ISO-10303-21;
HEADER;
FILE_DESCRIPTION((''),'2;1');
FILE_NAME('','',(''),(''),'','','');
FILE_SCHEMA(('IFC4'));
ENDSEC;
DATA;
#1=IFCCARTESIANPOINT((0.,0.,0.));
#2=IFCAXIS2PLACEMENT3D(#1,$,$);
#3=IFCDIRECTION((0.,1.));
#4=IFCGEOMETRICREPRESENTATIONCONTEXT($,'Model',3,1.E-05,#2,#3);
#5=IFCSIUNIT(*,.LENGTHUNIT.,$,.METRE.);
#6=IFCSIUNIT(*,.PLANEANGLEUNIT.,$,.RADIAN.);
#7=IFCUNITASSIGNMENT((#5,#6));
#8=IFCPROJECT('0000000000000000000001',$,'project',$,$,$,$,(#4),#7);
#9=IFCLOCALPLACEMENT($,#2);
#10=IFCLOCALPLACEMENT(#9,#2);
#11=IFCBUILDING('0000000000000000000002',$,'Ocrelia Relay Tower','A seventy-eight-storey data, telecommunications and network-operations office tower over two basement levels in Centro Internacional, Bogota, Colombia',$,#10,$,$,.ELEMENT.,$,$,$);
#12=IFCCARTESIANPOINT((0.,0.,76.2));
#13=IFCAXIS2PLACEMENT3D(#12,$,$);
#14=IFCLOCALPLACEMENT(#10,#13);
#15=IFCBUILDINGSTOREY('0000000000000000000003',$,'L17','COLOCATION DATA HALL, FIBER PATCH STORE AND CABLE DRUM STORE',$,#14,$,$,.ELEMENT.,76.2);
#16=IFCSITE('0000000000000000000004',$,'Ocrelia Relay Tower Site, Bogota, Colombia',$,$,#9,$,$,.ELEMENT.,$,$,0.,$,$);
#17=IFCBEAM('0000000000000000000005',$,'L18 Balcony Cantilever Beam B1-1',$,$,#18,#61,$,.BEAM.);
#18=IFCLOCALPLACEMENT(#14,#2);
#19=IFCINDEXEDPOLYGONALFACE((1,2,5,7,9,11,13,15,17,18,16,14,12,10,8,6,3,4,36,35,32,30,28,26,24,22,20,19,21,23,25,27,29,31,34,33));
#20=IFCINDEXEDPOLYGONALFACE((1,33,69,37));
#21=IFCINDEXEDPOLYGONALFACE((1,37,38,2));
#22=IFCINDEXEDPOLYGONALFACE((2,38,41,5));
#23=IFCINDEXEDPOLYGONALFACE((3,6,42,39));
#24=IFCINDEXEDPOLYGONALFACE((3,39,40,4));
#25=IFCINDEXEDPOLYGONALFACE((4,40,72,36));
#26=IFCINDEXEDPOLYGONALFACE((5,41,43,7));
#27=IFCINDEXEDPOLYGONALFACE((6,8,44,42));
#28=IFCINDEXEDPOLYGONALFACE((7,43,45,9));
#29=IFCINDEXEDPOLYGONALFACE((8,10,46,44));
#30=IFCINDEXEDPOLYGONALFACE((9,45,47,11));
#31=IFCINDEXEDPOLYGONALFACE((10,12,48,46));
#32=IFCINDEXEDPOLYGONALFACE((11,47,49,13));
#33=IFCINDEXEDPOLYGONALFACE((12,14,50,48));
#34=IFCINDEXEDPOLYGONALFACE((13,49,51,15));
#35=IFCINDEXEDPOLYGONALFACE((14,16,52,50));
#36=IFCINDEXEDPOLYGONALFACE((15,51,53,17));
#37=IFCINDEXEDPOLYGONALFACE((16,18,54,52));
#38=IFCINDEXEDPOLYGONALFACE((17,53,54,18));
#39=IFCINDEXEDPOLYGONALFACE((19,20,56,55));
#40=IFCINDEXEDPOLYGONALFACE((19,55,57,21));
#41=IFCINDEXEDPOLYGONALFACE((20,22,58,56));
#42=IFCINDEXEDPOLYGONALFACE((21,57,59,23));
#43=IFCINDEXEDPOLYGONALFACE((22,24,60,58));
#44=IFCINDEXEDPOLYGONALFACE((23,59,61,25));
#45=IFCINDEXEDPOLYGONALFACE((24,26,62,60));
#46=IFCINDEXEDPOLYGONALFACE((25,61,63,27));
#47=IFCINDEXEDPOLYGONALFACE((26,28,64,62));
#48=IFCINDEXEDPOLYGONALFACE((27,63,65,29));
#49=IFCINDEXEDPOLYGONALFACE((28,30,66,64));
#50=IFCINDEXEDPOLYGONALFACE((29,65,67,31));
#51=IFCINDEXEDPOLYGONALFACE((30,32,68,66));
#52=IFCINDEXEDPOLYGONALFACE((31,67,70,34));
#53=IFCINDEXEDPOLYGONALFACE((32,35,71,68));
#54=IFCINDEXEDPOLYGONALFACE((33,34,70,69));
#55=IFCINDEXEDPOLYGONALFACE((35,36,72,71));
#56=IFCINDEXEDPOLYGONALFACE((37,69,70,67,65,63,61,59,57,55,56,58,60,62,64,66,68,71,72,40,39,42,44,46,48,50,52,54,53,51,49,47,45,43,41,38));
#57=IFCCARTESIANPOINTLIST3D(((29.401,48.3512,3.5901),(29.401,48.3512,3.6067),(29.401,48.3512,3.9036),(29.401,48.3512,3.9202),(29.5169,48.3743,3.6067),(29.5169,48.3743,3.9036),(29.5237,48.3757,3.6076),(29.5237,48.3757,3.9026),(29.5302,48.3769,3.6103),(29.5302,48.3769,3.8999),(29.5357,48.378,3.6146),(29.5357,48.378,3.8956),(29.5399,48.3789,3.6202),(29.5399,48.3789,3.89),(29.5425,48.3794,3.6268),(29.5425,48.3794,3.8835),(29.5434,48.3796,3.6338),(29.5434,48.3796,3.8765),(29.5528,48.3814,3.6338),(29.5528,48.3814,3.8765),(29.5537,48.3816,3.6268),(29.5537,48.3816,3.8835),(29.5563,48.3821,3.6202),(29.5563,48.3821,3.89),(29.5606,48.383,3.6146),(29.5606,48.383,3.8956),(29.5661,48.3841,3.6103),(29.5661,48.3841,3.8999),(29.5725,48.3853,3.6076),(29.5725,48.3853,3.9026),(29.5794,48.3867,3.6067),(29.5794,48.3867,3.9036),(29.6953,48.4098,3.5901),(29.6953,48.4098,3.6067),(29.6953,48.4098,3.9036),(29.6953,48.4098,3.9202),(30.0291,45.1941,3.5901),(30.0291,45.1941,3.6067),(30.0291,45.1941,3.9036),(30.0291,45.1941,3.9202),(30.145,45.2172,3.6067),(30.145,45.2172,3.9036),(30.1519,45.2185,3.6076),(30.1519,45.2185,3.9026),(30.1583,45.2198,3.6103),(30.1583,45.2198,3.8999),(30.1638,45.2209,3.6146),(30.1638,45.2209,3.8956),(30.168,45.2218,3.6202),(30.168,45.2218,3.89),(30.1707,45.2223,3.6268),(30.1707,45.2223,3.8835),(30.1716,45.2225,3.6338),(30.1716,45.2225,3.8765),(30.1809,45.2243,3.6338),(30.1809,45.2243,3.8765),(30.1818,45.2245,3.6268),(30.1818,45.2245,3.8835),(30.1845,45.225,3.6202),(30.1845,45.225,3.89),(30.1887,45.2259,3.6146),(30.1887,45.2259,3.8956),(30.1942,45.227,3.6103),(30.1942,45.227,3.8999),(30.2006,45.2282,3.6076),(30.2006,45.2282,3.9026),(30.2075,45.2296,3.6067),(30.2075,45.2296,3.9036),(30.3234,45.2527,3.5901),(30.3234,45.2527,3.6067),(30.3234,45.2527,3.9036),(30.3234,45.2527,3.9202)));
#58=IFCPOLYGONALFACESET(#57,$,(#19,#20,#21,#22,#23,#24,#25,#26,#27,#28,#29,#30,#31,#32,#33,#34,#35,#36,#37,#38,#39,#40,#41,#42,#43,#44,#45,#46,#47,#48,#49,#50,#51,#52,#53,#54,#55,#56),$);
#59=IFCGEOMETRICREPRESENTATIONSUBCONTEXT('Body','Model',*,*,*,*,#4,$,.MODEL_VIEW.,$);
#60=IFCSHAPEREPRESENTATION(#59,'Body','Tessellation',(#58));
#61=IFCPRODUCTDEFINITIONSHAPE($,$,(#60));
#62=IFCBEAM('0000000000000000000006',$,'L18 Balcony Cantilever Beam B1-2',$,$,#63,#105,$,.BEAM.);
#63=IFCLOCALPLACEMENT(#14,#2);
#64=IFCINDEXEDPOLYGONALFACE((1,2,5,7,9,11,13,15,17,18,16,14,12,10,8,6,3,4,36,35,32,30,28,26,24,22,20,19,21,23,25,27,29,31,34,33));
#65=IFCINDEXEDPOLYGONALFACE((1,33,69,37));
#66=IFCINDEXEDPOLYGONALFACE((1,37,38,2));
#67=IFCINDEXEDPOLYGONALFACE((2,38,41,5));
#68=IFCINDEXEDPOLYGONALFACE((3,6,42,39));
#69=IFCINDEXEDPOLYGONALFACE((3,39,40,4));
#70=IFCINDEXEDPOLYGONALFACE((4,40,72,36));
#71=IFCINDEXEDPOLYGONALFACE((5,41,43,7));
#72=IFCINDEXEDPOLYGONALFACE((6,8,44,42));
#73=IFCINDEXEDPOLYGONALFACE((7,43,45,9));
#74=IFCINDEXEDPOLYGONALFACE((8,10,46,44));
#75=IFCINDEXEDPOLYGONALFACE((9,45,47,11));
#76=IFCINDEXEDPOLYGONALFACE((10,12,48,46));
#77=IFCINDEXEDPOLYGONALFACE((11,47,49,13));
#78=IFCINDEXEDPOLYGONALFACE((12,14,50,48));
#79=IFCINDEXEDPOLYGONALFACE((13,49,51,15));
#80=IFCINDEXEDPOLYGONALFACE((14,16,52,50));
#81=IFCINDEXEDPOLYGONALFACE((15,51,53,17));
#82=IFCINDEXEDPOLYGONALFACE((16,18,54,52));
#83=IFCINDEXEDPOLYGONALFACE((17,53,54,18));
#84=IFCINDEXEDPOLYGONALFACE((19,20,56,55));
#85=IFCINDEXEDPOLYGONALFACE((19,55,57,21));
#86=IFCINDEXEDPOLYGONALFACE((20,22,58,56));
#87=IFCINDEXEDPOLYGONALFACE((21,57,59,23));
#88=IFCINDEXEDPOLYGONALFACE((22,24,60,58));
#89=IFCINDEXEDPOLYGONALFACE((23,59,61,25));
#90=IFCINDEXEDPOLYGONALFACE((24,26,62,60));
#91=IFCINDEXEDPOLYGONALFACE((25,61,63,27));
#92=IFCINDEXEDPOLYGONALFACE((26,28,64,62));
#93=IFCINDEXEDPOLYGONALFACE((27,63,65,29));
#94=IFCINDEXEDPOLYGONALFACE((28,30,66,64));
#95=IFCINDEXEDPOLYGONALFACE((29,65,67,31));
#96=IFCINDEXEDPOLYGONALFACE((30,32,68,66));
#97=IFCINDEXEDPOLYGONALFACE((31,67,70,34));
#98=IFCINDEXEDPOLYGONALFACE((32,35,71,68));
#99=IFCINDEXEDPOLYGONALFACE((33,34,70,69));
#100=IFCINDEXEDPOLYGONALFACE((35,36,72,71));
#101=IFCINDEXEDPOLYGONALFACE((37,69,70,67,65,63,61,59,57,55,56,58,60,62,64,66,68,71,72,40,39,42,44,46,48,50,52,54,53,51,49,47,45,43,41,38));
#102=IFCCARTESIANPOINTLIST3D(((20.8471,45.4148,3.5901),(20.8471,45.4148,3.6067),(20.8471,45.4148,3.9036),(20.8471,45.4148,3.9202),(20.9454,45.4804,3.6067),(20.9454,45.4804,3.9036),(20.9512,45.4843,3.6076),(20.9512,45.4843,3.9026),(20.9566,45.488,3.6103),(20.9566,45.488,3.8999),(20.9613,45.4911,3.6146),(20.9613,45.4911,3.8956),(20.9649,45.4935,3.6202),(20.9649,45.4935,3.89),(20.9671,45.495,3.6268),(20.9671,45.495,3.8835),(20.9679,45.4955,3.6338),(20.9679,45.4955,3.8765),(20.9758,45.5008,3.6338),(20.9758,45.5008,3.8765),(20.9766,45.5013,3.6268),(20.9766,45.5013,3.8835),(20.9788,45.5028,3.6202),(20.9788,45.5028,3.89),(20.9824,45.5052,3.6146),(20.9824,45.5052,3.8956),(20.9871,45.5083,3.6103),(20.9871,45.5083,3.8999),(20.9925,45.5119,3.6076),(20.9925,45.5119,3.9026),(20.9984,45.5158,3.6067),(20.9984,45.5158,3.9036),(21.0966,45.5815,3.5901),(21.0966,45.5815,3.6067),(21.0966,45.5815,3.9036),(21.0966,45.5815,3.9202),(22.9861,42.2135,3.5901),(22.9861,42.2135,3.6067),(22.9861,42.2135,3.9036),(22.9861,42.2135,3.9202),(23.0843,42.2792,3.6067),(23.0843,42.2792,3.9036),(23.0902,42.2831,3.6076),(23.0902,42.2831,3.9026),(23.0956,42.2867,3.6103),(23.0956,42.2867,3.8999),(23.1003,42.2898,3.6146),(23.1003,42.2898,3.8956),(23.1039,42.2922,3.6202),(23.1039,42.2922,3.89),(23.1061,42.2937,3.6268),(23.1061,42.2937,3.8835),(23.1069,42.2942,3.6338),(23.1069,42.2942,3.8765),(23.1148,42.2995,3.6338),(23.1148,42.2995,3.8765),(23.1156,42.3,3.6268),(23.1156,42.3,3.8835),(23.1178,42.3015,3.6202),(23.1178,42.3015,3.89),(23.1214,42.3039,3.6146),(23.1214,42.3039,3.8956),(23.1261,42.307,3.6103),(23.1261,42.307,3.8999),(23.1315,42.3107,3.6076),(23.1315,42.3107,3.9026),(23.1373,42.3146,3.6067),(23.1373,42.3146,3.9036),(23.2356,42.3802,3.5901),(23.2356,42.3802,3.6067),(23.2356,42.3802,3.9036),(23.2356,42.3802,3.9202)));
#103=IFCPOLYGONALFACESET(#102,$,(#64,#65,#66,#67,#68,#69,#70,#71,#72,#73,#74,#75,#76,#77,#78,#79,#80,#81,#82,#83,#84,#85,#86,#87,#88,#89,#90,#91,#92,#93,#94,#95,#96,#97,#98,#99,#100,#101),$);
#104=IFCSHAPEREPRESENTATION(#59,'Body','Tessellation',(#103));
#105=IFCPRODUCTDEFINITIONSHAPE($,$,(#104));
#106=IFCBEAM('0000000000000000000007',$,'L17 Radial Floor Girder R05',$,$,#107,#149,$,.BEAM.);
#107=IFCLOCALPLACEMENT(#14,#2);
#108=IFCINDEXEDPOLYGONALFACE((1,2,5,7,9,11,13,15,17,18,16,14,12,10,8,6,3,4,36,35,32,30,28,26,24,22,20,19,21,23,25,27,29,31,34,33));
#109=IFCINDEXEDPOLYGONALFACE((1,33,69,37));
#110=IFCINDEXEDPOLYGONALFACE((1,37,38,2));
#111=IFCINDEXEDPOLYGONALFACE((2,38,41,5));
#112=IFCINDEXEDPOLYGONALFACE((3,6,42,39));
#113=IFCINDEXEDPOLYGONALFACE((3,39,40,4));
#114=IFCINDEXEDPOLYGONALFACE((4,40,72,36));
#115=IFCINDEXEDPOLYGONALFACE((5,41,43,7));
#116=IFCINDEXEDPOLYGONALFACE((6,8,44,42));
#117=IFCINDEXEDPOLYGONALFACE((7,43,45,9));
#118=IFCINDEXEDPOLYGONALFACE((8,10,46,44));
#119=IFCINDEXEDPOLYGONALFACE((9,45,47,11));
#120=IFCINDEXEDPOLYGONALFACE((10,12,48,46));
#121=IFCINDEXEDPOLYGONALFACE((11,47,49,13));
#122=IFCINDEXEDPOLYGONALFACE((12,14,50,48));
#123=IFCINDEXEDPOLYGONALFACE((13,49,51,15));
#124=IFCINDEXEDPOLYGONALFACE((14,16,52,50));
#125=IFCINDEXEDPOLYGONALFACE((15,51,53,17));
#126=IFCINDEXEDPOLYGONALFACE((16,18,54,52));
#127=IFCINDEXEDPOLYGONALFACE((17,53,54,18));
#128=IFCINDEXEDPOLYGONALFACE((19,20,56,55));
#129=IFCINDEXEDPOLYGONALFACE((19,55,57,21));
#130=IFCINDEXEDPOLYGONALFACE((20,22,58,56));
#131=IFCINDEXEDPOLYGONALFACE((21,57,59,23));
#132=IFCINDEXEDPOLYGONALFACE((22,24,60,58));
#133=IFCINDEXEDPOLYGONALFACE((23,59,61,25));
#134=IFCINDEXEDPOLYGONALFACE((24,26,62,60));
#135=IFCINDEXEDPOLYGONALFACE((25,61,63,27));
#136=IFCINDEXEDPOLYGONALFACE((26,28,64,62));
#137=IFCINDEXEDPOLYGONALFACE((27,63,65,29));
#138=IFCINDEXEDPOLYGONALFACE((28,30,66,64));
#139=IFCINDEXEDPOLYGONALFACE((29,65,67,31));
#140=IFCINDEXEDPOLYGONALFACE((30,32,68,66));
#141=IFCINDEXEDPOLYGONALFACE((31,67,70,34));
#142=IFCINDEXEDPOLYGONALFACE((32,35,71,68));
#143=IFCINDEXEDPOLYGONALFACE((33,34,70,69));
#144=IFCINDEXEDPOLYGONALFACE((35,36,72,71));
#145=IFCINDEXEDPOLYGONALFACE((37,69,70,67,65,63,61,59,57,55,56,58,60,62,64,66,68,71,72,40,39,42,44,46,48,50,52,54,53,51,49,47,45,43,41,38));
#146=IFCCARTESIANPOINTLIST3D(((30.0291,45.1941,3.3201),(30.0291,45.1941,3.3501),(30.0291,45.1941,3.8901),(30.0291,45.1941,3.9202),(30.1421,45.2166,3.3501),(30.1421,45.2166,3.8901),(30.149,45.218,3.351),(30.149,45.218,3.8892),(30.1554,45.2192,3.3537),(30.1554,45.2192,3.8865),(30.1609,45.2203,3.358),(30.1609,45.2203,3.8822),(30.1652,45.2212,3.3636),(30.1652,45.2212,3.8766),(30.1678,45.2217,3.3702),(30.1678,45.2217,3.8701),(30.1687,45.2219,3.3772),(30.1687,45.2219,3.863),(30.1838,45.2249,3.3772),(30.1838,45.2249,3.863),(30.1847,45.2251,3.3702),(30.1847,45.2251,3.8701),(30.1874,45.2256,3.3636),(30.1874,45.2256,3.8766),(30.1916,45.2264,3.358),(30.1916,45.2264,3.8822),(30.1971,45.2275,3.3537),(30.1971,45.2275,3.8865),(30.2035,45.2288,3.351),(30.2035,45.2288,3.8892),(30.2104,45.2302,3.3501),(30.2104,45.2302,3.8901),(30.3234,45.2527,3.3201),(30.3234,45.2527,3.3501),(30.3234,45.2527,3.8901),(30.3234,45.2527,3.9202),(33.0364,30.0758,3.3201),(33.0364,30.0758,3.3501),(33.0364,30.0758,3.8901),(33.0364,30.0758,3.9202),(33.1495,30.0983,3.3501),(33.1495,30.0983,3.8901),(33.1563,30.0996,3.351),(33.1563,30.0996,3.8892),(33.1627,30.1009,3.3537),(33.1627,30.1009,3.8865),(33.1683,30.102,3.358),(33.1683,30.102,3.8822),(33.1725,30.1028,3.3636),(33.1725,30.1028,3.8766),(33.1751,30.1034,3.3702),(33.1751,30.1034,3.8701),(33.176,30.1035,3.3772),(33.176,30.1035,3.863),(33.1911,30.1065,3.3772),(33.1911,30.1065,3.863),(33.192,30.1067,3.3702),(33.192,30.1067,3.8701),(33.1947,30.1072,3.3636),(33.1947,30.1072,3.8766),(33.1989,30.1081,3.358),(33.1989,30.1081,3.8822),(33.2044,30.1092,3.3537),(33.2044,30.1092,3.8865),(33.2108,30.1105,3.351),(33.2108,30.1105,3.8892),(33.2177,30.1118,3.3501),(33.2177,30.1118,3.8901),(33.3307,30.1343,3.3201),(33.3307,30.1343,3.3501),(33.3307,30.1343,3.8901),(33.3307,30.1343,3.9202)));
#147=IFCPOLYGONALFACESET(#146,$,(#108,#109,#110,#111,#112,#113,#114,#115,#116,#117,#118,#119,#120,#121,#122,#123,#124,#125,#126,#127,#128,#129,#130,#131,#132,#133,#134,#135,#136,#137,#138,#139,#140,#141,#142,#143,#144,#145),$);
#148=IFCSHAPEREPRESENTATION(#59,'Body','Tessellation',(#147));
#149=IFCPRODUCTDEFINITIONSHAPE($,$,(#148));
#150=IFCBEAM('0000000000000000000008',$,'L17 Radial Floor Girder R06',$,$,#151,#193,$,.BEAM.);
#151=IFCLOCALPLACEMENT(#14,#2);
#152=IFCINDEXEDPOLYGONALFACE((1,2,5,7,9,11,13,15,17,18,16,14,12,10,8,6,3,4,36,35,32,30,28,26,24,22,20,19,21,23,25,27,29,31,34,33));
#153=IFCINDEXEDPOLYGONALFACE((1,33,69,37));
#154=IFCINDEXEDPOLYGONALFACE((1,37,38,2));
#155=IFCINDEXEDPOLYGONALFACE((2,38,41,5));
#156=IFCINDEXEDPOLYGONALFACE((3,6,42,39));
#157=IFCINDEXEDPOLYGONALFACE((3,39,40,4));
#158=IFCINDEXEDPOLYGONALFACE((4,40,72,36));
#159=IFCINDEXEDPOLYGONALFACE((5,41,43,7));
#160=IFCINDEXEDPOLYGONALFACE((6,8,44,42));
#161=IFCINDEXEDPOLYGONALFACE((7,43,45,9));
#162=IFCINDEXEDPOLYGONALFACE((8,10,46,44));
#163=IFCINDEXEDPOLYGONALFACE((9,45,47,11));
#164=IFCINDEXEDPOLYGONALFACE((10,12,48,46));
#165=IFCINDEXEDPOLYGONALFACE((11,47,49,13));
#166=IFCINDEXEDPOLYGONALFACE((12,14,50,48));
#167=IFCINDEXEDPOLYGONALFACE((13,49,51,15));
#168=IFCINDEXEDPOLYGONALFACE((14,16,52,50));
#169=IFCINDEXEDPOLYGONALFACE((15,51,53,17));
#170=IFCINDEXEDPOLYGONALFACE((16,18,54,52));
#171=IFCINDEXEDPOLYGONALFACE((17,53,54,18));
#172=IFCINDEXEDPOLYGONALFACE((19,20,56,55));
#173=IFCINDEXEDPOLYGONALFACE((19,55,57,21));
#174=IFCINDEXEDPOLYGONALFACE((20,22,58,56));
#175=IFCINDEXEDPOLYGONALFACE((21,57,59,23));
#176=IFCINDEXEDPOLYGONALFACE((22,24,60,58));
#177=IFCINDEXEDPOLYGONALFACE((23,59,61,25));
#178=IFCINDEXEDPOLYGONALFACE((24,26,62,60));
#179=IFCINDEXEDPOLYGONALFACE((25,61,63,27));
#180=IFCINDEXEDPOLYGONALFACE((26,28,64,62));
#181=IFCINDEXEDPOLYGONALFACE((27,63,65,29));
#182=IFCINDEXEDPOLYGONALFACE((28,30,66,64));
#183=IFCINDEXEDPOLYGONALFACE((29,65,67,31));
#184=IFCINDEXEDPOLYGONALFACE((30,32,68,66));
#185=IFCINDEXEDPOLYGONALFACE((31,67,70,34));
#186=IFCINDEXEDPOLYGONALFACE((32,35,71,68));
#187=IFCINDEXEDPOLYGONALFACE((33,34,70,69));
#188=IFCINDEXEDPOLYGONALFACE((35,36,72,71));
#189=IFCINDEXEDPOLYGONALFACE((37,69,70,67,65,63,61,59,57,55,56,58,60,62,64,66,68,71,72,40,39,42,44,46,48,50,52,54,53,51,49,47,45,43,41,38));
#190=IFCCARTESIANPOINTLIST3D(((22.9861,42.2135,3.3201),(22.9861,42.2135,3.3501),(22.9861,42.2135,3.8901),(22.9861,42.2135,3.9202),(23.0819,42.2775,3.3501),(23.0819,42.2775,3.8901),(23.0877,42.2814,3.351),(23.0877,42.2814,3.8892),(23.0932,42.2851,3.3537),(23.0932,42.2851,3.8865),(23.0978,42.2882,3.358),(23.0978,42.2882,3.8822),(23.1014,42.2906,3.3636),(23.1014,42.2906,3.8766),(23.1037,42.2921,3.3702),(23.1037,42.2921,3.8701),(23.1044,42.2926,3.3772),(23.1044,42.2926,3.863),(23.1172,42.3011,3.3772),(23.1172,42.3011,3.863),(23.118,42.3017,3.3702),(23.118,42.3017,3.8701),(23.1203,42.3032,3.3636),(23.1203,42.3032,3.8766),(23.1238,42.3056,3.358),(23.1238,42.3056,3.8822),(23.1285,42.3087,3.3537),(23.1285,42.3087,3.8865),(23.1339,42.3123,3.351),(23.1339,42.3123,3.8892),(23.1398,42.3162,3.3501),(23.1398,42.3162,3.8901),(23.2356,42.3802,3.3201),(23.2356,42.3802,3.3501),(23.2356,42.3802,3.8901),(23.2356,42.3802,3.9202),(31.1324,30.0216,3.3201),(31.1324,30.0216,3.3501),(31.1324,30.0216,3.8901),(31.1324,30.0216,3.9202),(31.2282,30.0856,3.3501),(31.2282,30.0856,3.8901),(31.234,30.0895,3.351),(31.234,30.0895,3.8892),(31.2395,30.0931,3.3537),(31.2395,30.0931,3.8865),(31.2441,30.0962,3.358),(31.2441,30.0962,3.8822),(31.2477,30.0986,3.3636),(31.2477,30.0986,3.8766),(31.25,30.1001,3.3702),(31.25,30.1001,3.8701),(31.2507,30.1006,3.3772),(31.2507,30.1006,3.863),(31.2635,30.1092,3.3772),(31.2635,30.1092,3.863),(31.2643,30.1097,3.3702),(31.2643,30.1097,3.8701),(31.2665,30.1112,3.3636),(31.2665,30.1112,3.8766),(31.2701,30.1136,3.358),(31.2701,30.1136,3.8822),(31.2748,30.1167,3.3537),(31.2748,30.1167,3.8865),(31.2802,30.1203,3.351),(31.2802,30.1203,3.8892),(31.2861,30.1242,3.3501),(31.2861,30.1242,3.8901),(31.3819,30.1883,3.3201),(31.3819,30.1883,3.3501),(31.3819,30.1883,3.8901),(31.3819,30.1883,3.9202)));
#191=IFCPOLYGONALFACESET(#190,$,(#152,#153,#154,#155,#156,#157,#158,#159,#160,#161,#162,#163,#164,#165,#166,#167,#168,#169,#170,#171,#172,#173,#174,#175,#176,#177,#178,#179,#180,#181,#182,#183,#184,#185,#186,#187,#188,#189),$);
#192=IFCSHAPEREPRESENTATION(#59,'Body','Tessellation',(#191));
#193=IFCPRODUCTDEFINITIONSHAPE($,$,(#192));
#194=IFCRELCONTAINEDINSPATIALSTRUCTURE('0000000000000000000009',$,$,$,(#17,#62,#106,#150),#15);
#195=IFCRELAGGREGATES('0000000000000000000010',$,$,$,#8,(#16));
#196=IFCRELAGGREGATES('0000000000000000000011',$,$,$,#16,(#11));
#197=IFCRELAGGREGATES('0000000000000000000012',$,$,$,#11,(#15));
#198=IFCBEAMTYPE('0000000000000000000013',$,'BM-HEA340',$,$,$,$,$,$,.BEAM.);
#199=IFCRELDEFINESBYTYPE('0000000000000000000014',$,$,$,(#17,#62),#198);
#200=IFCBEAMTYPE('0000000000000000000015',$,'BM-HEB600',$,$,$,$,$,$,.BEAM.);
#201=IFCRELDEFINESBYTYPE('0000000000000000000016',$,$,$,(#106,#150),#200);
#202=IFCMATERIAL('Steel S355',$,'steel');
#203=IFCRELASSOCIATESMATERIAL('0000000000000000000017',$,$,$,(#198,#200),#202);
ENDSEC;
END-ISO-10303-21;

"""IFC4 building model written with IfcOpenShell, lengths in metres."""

from ifc_helpers import new_model, si_unit, direction, frame, origin, origin_2d, place, context, subcontext, project, spatial, i_section, extrude, material, material_profile, profile_set, type_object, element, save


model = new_model("IFC4")

# Units and contexts
model_context = context("Model", 3, precision=1e-05, world=origin(), true_north=direction((0.0, 1.0)))
body_context = subcontext(model_context, "Body", "Model", "MODEL_VIEW")
ifc_project = project(units=[si_unit("LENGTHUNIT", "METRE"), si_unit("PLANEANGLEUNIT", "RADIAN")], contexts=[model_context])

# Site, building, storey
site_placement = place(None, origin())
site = spatial("IfcSite", under=ifc_project, at=site_placement, Name="Ocrelia Relay Tower Site, Bogota, Colombia", CompositionType="ELEMENT", RefElevation=0.0)
building_placement = place(site_placement, origin())
building = spatial("IfcBuilding", under=site, at=building_placement, Name="Ocrelia Relay Tower", Description="A seventy-eight-storey data, telecommunications and network-operations office tower over two basement levels in Centro Internacional, Bogota, Colombia", CompositionType="ELEMENT")
storey_placement = place(building_placement, frame((0.0, 0.0, 76.2)))
storey = spatial("IfcBuildingStorey", under=building, at=storey_placement, Name="L17", Description="COLOCATION DATA HALL, FIBER PATCH STORE AND CABLE DRUM STORE", CompositionType="ELEMENT", Elevation=76.2)

# Beams
ifc_material_1 = material(Name="Steel S355", Category="steel")
ifc_material_profile_1 = material_profile(ifc_material_1, i_section(OverallWidth=0.3, OverallDepth=0.3301, WebThickness=0.0095, FlangeThickness=0.0166, FilletRadius=0.0271, at=origin_2d()), Name="HEA 340")
ifc_profile_set_1 = profile_set([ifc_material_profile_1], Name="Steel S355")
beam_type_1 = type_object("IfcBeamType", Name="BM-HEA340", PredefinedType="BEAM", material=ifc_profile_set_1)
beam_1_placement = place(storey_placement, frame((30.1763, 45.2234, 3.7551), z_axis=(-0.195139, 0.980776, 0.0), x_axis=(-0.980776, -0.195139, 0.0)))
element("IfcBeam", 1, at=beam_1_placement, inside=storey, type_object=beam_type_1, Name="L18 Balcony Cantilever Beam B1-1", PredefinedType="BEAM", context=body_context, shape_type="SweptSolid", body=[
    extrude(i_section(OverallWidth=0.3, OverallDepth=0.3301, WebThickness=0.0095, FlangeThickness=0.0166, FilletRadius=0.0271, at=origin_2d()), origin(), (0.0, 0.0, 1.0), 3.219),
])
beam_2_placement = place(storey_placement, frame((23.1108, 42.2969, 3.7551), z_axis=(-0.555563, 0.831474, 0.0), x_axis=(-0.831474, -0.555563, 0.0)))
element("IfcBeam", 2, at=beam_2_placement, inside=storey, type_object=beam_type_1, Name="L18 Balcony Cantilever Beam B1-2", PredefinedType="BEAM", context=body_context, shape_type="SweptSolid", body=[
    extrude(i_section(OverallWidth=0.3, OverallDepth=0.3301, WebThickness=0.0095, FlangeThickness=0.0166, FilletRadius=0.0271, at=origin_2d()), origin(), (0.0, 0.0, 1.0), 3.8501),
])
ifc_material_profile_2 = material_profile(ifc_material_1, i_section(OverallWidth=0.3, OverallDepth=0.6001, WebThickness=0.0154, FlangeThickness=0.03, FilletRadius=0.0271, at=origin_2d()), Name="HEB 600")
ifc_profile_set_2 = profile_set([ifc_material_profile_2], Name="Steel S355")
beam_type_2 = type_object("IfcBeamType", Name="BM-HEB600", PredefinedType="BEAM", material=ifc_profile_set_2)
beam_3_placement = place(storey_placement, frame((30.1763, 45.2234, 3.6201), z_axis=(0.195096, -0.980784, 0.0), x_axis=(0.980784, 0.195096, 0.0)))
element("IfcBeam", 3, at=beam_3_placement, inside=storey, type_object=beam_type_2, Name="L17 Radial Floor Girder R05", PredefinedType="BEAM", context=body_context, shape_type="SweptSolid", body=[
    extrude(i_section(OverallWidth=0.3, OverallDepth=0.6001, WebThickness=0.0154, FlangeThickness=0.03, FilletRadius=0.0271, at=origin_2d()), origin(), (0.0, 0.0, 1.0), 15.4146),
])
beam_4_placement = place(storey_placement, frame((23.1108, 42.2969, 3.6201), z_axis=(0.555564, -0.831473, 0.0), x_axis=(0.831473, 0.555564, 0.0)))
element("IfcBeam", 4, at=beam_4_placement, inside=storey, type_object=beam_type_2, Name="L17 Radial Floor Girder R06", PredefinedType="BEAM", context=body_context, shape_type="SweptSolid", body=[
    extrude(i_section(OverallWidth=0.3, OverallDepth=0.6001, WebThickness=0.0154, FlangeThickness=0.03, FilletRadius=0.0271, at=origin_2d()), origin(), (0.0, 0.0, 1.0), 14.6631),
])

save(model, "model.ifc")
